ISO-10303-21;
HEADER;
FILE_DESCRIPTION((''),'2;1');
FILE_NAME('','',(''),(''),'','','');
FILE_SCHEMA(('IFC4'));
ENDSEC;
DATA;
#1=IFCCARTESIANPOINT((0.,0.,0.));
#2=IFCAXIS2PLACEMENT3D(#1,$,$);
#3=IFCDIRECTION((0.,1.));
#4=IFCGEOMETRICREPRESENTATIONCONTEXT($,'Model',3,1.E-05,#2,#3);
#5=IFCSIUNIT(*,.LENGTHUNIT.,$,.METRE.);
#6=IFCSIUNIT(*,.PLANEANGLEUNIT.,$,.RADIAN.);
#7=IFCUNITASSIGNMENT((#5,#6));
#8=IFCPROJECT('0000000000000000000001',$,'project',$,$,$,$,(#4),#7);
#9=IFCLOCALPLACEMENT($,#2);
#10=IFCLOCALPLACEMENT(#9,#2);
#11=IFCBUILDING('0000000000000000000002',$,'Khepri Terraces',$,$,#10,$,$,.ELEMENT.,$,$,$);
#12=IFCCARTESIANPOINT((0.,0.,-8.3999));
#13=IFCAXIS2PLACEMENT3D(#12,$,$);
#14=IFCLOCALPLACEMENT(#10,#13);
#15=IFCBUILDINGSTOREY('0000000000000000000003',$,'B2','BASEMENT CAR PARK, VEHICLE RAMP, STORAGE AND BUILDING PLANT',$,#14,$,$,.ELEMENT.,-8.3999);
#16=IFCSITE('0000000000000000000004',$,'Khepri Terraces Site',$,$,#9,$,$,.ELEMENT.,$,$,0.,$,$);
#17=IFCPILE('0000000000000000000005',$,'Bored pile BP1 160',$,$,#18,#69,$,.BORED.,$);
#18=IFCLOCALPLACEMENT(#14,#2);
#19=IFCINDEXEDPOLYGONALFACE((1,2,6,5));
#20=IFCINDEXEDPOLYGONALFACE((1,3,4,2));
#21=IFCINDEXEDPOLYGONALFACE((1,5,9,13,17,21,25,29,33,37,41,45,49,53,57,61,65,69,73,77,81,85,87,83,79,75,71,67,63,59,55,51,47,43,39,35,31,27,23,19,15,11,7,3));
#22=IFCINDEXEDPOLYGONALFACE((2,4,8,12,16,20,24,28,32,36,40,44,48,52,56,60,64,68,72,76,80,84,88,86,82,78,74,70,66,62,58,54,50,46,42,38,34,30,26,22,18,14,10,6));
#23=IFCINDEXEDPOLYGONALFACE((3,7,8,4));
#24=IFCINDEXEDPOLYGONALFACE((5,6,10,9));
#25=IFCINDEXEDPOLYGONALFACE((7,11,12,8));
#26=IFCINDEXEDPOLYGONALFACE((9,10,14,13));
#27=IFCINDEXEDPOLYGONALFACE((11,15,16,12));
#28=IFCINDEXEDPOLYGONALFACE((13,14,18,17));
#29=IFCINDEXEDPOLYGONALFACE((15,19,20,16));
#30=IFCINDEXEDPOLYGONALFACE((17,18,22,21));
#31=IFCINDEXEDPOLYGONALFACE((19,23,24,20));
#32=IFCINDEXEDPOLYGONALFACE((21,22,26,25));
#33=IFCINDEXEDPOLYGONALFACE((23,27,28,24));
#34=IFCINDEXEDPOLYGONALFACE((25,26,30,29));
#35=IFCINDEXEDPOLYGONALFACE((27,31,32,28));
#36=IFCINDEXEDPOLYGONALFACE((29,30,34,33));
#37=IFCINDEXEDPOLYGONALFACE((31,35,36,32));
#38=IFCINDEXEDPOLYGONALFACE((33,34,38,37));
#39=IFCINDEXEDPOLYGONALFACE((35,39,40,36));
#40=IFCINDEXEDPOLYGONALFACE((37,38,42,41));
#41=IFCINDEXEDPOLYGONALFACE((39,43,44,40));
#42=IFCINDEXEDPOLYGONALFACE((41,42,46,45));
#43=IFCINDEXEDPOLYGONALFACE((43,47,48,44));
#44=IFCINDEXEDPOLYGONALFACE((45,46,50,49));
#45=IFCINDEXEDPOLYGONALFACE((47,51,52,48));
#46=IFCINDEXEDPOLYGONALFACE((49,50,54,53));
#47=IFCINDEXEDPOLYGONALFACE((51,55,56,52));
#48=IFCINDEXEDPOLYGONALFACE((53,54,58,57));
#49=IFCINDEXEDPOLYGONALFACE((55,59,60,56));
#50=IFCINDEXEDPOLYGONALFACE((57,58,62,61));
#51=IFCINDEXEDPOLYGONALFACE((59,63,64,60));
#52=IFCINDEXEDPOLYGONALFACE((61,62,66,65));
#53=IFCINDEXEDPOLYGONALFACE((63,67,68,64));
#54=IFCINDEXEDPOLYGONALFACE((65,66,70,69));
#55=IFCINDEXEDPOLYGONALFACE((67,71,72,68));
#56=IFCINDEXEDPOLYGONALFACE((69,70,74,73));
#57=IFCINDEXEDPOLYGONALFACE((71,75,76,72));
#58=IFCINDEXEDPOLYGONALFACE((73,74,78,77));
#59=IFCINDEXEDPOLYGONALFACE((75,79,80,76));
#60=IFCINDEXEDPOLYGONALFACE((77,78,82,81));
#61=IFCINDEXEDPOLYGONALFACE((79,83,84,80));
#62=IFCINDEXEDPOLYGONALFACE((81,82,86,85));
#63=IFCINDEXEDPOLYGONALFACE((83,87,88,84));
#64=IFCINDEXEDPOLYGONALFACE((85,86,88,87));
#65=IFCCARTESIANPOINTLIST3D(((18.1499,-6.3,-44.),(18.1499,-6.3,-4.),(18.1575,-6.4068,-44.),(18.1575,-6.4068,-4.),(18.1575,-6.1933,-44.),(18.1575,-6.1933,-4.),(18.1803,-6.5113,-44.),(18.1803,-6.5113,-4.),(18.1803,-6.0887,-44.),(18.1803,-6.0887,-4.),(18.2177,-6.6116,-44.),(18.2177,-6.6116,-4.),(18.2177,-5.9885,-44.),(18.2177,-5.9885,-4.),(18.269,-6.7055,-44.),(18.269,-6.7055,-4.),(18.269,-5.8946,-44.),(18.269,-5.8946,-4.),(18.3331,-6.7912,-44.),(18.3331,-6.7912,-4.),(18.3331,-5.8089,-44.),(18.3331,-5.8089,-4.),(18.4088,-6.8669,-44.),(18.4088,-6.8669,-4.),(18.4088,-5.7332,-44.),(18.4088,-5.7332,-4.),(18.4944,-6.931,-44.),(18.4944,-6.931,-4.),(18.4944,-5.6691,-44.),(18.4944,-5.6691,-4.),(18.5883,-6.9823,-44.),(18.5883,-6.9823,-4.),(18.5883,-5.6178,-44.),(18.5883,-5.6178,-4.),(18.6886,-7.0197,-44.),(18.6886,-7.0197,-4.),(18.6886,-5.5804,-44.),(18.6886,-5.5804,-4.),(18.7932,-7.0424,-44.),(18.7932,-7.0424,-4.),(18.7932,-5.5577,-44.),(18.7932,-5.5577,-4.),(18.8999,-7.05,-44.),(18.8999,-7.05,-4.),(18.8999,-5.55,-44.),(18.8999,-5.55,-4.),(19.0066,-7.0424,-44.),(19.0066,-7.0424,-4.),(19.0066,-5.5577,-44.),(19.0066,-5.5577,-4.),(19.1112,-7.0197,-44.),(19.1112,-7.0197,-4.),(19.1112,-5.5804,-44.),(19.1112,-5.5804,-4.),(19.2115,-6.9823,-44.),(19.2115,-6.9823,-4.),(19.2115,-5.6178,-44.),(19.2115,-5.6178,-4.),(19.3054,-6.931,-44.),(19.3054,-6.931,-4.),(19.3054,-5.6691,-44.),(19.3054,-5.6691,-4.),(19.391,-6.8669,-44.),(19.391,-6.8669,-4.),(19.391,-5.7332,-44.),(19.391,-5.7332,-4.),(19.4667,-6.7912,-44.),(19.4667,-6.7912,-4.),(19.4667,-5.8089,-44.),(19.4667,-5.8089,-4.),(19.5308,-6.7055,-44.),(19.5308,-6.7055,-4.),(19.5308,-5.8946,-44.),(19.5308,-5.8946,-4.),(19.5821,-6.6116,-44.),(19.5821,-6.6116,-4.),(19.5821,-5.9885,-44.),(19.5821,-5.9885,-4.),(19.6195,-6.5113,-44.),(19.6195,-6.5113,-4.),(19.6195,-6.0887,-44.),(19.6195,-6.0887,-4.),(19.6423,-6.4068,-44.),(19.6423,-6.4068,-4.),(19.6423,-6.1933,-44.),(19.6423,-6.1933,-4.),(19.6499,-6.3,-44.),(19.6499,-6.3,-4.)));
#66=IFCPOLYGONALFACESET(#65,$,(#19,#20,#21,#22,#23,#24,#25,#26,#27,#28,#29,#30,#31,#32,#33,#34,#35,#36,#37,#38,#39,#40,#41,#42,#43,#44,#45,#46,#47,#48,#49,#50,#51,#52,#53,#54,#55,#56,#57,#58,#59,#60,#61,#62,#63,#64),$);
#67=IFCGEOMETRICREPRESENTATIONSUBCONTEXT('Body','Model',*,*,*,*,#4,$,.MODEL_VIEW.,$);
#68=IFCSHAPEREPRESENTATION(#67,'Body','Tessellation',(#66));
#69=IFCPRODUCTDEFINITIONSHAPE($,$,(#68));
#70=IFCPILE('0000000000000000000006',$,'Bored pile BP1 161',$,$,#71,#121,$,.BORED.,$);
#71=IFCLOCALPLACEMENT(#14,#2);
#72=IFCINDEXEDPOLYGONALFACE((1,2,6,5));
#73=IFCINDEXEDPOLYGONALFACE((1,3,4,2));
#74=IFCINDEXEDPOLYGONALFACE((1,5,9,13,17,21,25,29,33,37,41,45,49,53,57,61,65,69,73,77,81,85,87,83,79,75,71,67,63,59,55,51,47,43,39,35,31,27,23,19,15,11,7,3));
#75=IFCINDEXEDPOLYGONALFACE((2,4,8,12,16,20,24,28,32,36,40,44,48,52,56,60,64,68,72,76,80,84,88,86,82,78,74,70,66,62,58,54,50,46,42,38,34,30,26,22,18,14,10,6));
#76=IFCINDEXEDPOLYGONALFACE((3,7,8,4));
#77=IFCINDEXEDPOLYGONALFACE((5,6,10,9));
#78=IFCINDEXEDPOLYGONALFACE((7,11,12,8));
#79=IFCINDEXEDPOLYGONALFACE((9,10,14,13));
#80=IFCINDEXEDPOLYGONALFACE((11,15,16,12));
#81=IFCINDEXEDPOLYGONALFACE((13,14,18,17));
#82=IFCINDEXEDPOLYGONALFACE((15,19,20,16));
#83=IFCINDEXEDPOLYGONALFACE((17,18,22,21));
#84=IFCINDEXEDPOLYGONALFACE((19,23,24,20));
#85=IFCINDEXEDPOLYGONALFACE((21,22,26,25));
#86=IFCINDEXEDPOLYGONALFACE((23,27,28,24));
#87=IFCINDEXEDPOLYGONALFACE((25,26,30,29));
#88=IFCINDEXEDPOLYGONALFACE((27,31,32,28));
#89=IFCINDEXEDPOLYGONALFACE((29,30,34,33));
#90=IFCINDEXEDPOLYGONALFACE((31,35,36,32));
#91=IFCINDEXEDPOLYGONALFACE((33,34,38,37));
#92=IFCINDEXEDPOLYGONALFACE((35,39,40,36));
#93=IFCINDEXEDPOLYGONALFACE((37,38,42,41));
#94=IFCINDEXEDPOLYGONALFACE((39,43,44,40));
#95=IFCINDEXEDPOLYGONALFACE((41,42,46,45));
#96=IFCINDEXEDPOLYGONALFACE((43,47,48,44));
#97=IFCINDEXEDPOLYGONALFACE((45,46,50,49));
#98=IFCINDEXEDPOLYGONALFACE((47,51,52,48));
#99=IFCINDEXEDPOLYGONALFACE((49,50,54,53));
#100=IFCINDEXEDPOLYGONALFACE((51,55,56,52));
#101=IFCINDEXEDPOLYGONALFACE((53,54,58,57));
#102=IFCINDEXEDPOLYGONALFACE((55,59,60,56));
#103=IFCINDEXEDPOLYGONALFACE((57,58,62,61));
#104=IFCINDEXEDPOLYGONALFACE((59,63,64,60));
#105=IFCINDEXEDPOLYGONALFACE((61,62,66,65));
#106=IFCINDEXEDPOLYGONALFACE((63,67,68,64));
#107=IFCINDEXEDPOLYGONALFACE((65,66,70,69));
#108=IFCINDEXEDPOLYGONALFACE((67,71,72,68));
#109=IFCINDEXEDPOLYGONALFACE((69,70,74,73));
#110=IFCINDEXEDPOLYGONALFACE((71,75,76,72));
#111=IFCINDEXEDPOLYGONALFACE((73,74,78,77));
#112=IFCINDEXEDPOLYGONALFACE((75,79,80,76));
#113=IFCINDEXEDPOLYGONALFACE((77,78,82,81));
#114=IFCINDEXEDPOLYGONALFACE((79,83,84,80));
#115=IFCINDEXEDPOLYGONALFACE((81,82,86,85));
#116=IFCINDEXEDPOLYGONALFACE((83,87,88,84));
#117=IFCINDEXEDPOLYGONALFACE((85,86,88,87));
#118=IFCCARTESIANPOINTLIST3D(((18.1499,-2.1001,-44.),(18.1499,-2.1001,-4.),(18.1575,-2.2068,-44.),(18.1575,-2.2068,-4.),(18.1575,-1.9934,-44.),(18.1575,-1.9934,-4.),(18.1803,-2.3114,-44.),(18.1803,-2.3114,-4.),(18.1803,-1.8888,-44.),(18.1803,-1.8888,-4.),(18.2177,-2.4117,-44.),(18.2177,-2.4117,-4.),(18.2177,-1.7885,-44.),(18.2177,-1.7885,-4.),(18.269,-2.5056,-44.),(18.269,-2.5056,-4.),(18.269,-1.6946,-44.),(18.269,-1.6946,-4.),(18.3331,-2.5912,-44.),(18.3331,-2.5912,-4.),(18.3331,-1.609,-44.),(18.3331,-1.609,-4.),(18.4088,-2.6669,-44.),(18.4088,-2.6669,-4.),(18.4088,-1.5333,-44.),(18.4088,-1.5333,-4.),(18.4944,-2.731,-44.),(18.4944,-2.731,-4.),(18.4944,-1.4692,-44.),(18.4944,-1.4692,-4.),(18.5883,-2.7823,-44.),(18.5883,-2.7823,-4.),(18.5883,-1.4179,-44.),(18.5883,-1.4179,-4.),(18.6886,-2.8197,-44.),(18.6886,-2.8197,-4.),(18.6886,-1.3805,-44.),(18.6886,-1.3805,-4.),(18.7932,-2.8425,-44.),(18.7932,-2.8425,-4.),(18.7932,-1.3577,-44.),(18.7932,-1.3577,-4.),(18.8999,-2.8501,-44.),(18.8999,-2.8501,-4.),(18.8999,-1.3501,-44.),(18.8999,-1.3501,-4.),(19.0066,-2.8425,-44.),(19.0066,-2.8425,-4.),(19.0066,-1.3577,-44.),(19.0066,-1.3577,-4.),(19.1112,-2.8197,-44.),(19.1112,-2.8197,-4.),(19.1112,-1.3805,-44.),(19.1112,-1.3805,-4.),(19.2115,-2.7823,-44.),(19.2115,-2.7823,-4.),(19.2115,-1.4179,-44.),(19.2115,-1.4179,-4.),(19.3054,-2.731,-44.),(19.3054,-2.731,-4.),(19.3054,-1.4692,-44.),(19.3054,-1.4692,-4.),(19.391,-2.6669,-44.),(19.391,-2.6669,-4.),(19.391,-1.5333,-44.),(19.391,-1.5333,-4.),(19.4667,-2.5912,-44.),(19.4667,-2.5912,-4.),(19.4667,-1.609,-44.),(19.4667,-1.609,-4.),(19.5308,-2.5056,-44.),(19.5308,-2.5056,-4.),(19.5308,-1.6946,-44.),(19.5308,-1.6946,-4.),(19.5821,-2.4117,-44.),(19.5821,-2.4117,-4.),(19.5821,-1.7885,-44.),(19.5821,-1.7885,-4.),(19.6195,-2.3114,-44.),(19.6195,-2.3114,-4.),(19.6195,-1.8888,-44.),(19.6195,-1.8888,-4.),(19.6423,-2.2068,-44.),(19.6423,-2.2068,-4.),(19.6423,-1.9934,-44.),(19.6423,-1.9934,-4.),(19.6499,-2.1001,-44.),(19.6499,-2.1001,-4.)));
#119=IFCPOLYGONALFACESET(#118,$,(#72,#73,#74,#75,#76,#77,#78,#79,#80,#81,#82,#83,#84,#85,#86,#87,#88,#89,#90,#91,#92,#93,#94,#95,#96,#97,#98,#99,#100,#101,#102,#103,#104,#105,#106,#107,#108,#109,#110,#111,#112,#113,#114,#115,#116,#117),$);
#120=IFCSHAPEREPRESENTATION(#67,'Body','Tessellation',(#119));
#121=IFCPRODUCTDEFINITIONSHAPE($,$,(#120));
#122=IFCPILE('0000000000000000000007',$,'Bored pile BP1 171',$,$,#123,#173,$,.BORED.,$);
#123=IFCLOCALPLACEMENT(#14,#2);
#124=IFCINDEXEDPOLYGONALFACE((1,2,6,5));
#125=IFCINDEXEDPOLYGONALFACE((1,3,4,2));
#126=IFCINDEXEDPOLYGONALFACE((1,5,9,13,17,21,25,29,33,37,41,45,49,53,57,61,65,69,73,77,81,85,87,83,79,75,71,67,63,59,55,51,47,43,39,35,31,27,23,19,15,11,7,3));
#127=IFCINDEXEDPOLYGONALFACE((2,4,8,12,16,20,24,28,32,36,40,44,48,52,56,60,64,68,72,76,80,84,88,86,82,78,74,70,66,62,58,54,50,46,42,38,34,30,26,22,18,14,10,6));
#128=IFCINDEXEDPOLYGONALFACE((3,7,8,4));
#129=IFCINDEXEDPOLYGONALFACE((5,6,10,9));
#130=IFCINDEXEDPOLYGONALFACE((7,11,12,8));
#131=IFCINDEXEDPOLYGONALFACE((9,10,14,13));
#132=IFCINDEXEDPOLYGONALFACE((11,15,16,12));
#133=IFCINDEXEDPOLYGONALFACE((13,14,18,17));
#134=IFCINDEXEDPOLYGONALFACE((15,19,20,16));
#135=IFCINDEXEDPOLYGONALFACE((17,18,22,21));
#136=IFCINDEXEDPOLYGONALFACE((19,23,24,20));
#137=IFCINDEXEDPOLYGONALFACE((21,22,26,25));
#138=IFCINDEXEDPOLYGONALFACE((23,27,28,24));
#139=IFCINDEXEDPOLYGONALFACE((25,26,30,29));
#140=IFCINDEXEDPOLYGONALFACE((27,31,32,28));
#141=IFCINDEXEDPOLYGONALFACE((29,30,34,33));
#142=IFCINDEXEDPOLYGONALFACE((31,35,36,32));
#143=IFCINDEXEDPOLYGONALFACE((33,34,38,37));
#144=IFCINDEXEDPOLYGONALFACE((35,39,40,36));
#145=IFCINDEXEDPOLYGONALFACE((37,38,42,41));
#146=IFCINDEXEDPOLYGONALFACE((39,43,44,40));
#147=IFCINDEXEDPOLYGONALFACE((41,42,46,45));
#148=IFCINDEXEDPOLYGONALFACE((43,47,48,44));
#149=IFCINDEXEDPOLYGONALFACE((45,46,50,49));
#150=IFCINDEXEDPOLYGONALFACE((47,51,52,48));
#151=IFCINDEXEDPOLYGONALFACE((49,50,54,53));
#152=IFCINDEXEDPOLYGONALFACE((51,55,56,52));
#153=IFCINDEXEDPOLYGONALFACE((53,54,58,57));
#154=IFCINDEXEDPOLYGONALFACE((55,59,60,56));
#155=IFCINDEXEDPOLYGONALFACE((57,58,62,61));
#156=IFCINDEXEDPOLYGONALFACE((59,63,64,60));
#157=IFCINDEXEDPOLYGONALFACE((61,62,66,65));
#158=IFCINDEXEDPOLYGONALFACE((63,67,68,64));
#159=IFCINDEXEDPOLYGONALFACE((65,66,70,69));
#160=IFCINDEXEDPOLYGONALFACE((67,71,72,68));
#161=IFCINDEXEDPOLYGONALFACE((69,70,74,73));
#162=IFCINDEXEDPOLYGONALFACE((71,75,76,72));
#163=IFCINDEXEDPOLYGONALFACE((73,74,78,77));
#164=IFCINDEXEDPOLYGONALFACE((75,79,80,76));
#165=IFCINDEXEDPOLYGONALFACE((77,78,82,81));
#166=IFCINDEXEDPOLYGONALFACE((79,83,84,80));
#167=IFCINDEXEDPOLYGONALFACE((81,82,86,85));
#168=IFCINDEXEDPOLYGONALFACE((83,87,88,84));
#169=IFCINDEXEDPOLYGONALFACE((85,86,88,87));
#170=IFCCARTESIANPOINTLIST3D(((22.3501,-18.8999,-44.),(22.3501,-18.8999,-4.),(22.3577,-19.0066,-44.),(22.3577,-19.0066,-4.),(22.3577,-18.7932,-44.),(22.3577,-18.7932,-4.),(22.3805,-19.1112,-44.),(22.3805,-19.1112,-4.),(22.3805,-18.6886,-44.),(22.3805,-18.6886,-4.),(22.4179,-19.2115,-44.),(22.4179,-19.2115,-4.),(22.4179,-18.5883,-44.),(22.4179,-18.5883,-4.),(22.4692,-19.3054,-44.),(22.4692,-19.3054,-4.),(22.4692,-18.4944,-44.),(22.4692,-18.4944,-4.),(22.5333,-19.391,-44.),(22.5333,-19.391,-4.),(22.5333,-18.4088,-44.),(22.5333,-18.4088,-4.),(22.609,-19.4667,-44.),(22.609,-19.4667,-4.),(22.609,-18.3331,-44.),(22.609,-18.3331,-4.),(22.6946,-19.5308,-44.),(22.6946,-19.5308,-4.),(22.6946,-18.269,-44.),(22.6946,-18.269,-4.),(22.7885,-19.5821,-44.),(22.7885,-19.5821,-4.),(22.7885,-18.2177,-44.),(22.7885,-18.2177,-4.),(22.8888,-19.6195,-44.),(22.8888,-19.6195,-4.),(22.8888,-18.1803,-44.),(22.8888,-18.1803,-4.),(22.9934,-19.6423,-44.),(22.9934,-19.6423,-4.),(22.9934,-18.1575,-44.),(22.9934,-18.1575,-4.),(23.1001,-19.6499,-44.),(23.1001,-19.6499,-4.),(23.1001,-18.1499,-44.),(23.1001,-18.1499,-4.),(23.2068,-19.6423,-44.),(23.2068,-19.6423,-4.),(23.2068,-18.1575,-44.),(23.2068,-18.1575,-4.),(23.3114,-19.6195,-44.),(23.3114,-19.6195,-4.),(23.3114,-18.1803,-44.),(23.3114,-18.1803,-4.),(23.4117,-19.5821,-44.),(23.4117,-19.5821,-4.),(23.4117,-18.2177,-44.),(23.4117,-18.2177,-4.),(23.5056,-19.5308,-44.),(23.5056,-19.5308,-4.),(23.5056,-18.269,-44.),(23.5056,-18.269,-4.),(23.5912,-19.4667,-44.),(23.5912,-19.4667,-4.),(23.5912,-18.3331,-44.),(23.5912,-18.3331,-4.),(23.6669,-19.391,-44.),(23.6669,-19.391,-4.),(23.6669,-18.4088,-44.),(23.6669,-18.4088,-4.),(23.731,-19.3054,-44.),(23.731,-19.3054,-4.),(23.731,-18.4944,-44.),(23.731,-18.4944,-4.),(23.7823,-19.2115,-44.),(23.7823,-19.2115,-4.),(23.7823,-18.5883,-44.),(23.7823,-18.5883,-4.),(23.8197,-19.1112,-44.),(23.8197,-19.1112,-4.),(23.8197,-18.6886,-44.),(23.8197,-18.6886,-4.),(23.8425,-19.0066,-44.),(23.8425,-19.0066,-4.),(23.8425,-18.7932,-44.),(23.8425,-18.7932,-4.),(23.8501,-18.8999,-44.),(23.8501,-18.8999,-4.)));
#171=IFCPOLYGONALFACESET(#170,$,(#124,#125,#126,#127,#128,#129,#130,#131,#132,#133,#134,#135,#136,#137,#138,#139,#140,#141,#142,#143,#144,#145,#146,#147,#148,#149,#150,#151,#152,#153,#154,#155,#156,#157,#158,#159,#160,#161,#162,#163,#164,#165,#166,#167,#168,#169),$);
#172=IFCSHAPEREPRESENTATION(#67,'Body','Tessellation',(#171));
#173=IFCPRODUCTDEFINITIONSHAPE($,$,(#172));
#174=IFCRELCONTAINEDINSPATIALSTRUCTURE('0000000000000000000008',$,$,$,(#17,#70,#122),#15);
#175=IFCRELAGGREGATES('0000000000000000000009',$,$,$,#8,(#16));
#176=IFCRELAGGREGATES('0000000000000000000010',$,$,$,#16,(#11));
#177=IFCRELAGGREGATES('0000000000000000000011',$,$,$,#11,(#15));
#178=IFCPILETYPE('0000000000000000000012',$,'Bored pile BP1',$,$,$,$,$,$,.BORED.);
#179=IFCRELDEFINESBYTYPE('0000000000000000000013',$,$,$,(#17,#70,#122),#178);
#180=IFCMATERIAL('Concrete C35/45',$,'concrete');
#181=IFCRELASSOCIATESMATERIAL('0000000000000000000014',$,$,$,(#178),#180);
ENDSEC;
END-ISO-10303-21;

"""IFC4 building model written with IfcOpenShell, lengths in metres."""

from ifc_helpers import new_model, si_unit, direction, frame, origin, origin_2d, place, context, subcontext, project, spatial, circle, extrude, material, material_profile, profile_set, type_object, element, save


model = new_model("IFC4")

# Units and contexts
model_context = context("Model", 3, precision=1e-05, world=origin(), true_north=direction((0.0, 1.0)))
body_context = subcontext(model_context, "Body", "Model", "MODEL_VIEW")
ifc_project = project(units=[si_unit("LENGTHUNIT", "METRE"), si_unit("PLANEANGLEUNIT", "RADIAN")], contexts=[model_context])

# Site, building, storey
site_placement = place(None, origin())
site = spatial("IfcSite", under=ifc_project, at=site_placement, Name="Khepri Terraces Site", CompositionType="ELEMENT", RefElevation=0.0)
building_placement = place(site_placement, origin())
building = spatial("IfcBuilding", under=site, at=building_placement, Name="Khepri Terraces", CompositionType="ELEMENT")
storey_placement = place(building_placement, frame((0.0, 0.0, -8.3999)))
storey = spatial("IfcBuildingStorey", under=building, at=storey_placement, Name="B2", Description="BASEMENT CAR PARK, VEHICLE RAMP, STORAGE AND BUILDING PLANT", CompositionType="ELEMENT", Elevation=-8.3999)

# Piles
ifc_material_1 = material(Name="Concrete C35/45", Category="concrete")
ifc_material_profile_1 = material_profile(ifc_material_1, circle(Radius=0.75, at=origin_2d()), Name="Concrete C35/45", Category="concrete")
ifc_profile_set_1 = profile_set([ifc_material_profile_1], Name="Concrete C35/45")
pile_type = type_object("IfcPileType", Name="Bored pile BP1", PredefinedType="BORED", material=ifc_profile_set_1)
for number, where, z_axis, x_axis, name in (
    (1, (18.8999, -6.3, -4.0), (0.0, 0.0, -1.0), (1.0, 0.0, 0.0), "Bored pile BP1 160"),
    (2, (18.8999, -2.1001, -4.0), (0.0, 0.0, -1.0), (1.0, 0.0, 0.0), "Bored pile BP1 161"),
    (3, (23.1001, -18.8999, -4.0), (0.0, 0.0, -1.0), (1.0, 0.0, 0.0), "Bored pile BP1 171"),
):
    element("IfcPile", number, at=place(storey_placement, frame(where, z_axis=z_axis, x_axis=x_axis)), inside=storey, type_object=pile_type, Name=name, PredefinedType="BORED", context=body_context, shape_type="SweptSolid", body=[
        extrude(circle(Radius=0.75, at=origin_2d()), origin(), (0.0, 0.0, 1.0), 40.0),
    ])

save(model, "model.ifc")
